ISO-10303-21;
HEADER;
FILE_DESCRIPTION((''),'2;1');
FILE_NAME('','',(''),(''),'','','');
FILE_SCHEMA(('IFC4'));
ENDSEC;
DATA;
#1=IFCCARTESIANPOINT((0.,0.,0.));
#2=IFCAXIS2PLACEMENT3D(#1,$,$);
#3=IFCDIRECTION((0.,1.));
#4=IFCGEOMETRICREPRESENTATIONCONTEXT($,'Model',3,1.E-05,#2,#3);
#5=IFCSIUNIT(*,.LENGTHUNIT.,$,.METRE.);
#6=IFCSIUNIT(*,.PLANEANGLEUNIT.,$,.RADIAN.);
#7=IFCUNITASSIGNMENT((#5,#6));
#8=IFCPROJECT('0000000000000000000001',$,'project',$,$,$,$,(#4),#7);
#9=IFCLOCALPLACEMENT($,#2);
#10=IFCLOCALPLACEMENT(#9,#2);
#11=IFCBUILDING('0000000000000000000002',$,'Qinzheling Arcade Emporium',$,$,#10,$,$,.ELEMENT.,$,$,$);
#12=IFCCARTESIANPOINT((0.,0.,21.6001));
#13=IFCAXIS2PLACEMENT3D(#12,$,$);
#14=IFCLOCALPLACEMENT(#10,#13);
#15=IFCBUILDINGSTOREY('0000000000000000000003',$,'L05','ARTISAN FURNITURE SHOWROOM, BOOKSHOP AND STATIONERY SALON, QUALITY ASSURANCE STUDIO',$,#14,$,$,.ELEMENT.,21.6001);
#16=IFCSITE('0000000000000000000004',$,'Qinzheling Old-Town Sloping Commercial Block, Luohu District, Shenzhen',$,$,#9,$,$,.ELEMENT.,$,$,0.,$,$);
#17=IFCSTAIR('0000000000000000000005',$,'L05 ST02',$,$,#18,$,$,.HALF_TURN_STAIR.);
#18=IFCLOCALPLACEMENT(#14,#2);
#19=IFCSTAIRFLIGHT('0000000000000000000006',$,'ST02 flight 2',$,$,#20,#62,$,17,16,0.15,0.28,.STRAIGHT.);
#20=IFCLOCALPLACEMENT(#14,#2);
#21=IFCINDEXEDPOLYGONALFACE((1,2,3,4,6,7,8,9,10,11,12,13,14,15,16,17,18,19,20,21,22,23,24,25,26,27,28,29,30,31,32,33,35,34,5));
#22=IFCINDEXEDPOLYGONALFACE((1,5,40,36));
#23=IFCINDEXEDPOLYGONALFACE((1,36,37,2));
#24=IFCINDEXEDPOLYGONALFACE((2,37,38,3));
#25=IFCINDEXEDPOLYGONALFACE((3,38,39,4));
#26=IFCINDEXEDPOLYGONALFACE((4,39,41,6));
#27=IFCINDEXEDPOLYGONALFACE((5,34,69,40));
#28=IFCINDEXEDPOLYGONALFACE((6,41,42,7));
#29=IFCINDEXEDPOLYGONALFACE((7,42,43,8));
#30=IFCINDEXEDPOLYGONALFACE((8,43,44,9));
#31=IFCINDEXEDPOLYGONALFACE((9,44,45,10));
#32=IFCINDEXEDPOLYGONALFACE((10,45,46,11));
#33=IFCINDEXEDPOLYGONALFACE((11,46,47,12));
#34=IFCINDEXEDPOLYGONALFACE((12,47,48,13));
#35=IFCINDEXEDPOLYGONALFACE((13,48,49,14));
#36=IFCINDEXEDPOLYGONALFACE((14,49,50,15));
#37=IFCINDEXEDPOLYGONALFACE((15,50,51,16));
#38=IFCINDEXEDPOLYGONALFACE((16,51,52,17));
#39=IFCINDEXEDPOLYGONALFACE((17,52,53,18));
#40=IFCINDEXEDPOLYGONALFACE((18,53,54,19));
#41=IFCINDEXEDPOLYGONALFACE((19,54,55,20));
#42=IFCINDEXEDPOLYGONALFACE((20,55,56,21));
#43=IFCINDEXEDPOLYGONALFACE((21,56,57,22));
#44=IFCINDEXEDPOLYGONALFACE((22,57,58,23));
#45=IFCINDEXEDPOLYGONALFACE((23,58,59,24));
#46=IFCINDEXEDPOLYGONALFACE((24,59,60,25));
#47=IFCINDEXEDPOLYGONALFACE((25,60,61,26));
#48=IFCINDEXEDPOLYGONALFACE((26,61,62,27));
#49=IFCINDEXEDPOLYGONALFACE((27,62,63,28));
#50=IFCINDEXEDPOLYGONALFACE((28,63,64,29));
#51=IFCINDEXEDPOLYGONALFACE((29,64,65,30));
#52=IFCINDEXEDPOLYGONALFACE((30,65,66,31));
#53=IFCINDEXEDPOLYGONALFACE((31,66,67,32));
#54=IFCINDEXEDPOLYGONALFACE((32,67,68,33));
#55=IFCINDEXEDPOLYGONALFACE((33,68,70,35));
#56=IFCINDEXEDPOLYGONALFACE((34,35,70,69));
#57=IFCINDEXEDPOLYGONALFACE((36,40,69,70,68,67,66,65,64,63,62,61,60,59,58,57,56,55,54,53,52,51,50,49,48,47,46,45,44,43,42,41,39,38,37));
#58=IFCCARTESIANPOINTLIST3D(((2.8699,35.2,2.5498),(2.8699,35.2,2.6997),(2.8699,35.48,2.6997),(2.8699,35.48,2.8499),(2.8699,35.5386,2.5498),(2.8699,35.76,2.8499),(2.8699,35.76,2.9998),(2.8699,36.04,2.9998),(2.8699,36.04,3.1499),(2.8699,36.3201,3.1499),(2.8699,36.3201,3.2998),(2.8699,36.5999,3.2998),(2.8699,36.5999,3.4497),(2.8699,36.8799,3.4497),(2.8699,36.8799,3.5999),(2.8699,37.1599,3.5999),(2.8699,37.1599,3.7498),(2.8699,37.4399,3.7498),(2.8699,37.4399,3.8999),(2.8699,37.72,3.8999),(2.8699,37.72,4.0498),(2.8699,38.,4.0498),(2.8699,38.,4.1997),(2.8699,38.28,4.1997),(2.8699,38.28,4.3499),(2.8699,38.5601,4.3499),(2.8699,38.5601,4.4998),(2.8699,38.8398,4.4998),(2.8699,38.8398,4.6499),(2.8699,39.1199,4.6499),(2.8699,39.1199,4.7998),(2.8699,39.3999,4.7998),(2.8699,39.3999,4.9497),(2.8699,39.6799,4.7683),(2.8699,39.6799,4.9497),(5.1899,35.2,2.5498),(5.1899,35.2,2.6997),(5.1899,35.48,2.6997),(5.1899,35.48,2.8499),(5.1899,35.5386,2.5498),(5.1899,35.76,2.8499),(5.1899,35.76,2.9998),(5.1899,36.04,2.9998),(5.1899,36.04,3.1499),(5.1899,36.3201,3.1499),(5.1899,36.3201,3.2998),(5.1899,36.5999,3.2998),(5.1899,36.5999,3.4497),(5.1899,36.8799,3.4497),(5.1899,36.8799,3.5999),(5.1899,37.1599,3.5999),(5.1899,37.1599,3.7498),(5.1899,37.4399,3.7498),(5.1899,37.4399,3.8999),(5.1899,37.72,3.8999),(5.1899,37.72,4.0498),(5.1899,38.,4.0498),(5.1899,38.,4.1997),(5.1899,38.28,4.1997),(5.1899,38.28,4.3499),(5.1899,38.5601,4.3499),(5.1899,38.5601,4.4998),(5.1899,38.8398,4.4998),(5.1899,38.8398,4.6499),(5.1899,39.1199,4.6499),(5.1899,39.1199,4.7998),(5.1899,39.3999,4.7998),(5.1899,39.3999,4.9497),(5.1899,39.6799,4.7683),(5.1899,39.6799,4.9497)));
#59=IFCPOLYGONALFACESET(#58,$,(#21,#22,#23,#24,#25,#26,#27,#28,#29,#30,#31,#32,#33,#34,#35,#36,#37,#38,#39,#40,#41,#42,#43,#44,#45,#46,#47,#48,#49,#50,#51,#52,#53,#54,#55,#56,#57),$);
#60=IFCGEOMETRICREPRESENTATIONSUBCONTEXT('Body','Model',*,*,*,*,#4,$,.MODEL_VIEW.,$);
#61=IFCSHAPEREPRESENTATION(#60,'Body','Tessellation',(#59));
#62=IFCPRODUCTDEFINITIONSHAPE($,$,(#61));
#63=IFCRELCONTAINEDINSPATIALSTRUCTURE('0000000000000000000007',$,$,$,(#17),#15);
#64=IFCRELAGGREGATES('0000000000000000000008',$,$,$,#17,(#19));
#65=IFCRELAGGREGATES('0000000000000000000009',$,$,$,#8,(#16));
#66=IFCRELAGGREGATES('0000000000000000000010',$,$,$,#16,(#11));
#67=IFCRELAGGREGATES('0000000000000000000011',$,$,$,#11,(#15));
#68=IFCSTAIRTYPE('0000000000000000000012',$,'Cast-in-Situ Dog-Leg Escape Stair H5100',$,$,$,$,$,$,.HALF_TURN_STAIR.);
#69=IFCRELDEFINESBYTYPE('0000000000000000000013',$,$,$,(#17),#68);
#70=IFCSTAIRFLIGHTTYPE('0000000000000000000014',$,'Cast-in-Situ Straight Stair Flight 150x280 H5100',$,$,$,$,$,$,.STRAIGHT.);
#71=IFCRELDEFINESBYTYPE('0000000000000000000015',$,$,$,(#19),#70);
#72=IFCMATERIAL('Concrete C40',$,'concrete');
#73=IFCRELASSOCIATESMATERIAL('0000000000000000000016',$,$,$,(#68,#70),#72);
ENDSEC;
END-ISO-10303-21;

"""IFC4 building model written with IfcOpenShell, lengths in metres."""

from ifc_helpers import new_model, si_unit, direction, frame, origin, place, context, subcontext, project, spatial, polyline, outline, extrude, material, type_object, element, aggregate, save


model = new_model("IFC4")

# Units and contexts
model_context = context("Model", 3, precision=1e-05, world=origin(), true_north=direction((0.0, 1.0)))
body_context = subcontext(model_context, "Body", "Model", "MODEL_VIEW")
ifc_project = project(units=[si_unit("LENGTHUNIT", "METRE"), si_unit("PLANEANGLEUNIT", "RADIAN")], contexts=[model_context])

# Site, building, storey
site_placement = place(None, origin())
site = spatial("IfcSite", under=ifc_project, at=site_placement, Name="Qinzheling Old-Town Sloping Commercial Block, Luohu District, Shenzhen", CompositionType="ELEMENT", RefElevation=0.0)
building_placement = place(site_placement, origin())
building = spatial("IfcBuilding", under=site, at=building_placement, Name="Qinzheling Arcade Emporium", CompositionType="ELEMENT")
storey_placement = place(building_placement, frame((0.0, 0.0, 21.6001)))
storey = spatial("IfcBuildingStorey", under=building, at=storey_placement, Name="L05", Description="ARTISAN FURNITURE SHOWROOM, BOOKSHOP AND STATIONERY SALON, QUALITY ASSURANCE STUDIO", CompositionType="ELEMENT", Elevation=21.6001)

# Shared definitions
ifc_material_1 = material(Name="Concrete C40", Category="concrete")

# Stair, stair flight
stair_type = type_object("IfcStairType", Name="Cast-in-Situ Dog-Leg Escape Stair H5100", PredefinedType="HALF_TURN_STAIR", material=ifc_material_1)
stair_placement = place(storey_placement, origin())
stair = element("IfcStair", 1, at=stair_placement, inside=storey, type_object=stair_type, Name="L05 ST02", PredefinedType="HALF_TURN_STAIR")
stair_flight_type = type_object("IfcStairFlightType", Name="Cast-in-Situ Straight Stair Flight 150x280 H5100", PredefinedType="STRAIGHT", material=ifc_material_1)
stair_flight_1_placement = place(storey_placement, frame((4.03, 35.2, 2.5498), z_axis=(0.0, 0.0, 1.0), x_axis=(0.0, 1.0, 0.0)))
stair_flight_1 = element("IfcStairFlight", 2, at=stair_flight_1_placement, type_object=stair_flight_type, Name="ST02 flight 2", NumberOfRisers=17, NumberOfTreads=16, PredefinedType="STRAIGHT", RiserHeight=0.15, TreadLength=0.28, context=body_context, shape_type="SweptSolid", body=[
    extrude(outline(polyline([(0.0, 0.0), (0.0, 0.1499), (0.28, 0.1499), (0.28, 0.3), (0.5601, 0.3), (0.5601, 0.45), (0.8401, 0.45), (0.8401, 0.6001), (1.1201, 0.6001), (1.1201, 0.75), (1.3999, 0.75), (1.3999, 0.8999), (1.6799, 0.8999), (1.6799, 1.05), (1.96, 1.05), (1.96, 1.2), (2.24, 1.2), (2.24, 1.3501), (2.52, 1.3501), (2.52, 1.5), (2.8, 1.5), (2.8, 1.6499), (3.0801, 1.6499), (3.0801, 1.8), (3.3601, 1.8), (3.3601, 1.95), (3.6399, 1.95), (3.6399, 2.1001), (3.9199, 2.1001), (3.9199, 2.25), (4.2, 2.25), (4.2, 2.3999), (4.48, 2.3999), (4.48, 2.55), (4.48, 2.2185), (0.3386, 0.0), (0.0, 0.0)])), frame((0.0, 1.1602, 0.0), z_axis=(0.0, -1.0, 0.0), x_axis=(1.0, 0.0, 0.0)), (0.0, 0.0, 1.0), 2.3201),
])
aggregate(stair, [stair_flight_1])

save(model, "model.ifc")
